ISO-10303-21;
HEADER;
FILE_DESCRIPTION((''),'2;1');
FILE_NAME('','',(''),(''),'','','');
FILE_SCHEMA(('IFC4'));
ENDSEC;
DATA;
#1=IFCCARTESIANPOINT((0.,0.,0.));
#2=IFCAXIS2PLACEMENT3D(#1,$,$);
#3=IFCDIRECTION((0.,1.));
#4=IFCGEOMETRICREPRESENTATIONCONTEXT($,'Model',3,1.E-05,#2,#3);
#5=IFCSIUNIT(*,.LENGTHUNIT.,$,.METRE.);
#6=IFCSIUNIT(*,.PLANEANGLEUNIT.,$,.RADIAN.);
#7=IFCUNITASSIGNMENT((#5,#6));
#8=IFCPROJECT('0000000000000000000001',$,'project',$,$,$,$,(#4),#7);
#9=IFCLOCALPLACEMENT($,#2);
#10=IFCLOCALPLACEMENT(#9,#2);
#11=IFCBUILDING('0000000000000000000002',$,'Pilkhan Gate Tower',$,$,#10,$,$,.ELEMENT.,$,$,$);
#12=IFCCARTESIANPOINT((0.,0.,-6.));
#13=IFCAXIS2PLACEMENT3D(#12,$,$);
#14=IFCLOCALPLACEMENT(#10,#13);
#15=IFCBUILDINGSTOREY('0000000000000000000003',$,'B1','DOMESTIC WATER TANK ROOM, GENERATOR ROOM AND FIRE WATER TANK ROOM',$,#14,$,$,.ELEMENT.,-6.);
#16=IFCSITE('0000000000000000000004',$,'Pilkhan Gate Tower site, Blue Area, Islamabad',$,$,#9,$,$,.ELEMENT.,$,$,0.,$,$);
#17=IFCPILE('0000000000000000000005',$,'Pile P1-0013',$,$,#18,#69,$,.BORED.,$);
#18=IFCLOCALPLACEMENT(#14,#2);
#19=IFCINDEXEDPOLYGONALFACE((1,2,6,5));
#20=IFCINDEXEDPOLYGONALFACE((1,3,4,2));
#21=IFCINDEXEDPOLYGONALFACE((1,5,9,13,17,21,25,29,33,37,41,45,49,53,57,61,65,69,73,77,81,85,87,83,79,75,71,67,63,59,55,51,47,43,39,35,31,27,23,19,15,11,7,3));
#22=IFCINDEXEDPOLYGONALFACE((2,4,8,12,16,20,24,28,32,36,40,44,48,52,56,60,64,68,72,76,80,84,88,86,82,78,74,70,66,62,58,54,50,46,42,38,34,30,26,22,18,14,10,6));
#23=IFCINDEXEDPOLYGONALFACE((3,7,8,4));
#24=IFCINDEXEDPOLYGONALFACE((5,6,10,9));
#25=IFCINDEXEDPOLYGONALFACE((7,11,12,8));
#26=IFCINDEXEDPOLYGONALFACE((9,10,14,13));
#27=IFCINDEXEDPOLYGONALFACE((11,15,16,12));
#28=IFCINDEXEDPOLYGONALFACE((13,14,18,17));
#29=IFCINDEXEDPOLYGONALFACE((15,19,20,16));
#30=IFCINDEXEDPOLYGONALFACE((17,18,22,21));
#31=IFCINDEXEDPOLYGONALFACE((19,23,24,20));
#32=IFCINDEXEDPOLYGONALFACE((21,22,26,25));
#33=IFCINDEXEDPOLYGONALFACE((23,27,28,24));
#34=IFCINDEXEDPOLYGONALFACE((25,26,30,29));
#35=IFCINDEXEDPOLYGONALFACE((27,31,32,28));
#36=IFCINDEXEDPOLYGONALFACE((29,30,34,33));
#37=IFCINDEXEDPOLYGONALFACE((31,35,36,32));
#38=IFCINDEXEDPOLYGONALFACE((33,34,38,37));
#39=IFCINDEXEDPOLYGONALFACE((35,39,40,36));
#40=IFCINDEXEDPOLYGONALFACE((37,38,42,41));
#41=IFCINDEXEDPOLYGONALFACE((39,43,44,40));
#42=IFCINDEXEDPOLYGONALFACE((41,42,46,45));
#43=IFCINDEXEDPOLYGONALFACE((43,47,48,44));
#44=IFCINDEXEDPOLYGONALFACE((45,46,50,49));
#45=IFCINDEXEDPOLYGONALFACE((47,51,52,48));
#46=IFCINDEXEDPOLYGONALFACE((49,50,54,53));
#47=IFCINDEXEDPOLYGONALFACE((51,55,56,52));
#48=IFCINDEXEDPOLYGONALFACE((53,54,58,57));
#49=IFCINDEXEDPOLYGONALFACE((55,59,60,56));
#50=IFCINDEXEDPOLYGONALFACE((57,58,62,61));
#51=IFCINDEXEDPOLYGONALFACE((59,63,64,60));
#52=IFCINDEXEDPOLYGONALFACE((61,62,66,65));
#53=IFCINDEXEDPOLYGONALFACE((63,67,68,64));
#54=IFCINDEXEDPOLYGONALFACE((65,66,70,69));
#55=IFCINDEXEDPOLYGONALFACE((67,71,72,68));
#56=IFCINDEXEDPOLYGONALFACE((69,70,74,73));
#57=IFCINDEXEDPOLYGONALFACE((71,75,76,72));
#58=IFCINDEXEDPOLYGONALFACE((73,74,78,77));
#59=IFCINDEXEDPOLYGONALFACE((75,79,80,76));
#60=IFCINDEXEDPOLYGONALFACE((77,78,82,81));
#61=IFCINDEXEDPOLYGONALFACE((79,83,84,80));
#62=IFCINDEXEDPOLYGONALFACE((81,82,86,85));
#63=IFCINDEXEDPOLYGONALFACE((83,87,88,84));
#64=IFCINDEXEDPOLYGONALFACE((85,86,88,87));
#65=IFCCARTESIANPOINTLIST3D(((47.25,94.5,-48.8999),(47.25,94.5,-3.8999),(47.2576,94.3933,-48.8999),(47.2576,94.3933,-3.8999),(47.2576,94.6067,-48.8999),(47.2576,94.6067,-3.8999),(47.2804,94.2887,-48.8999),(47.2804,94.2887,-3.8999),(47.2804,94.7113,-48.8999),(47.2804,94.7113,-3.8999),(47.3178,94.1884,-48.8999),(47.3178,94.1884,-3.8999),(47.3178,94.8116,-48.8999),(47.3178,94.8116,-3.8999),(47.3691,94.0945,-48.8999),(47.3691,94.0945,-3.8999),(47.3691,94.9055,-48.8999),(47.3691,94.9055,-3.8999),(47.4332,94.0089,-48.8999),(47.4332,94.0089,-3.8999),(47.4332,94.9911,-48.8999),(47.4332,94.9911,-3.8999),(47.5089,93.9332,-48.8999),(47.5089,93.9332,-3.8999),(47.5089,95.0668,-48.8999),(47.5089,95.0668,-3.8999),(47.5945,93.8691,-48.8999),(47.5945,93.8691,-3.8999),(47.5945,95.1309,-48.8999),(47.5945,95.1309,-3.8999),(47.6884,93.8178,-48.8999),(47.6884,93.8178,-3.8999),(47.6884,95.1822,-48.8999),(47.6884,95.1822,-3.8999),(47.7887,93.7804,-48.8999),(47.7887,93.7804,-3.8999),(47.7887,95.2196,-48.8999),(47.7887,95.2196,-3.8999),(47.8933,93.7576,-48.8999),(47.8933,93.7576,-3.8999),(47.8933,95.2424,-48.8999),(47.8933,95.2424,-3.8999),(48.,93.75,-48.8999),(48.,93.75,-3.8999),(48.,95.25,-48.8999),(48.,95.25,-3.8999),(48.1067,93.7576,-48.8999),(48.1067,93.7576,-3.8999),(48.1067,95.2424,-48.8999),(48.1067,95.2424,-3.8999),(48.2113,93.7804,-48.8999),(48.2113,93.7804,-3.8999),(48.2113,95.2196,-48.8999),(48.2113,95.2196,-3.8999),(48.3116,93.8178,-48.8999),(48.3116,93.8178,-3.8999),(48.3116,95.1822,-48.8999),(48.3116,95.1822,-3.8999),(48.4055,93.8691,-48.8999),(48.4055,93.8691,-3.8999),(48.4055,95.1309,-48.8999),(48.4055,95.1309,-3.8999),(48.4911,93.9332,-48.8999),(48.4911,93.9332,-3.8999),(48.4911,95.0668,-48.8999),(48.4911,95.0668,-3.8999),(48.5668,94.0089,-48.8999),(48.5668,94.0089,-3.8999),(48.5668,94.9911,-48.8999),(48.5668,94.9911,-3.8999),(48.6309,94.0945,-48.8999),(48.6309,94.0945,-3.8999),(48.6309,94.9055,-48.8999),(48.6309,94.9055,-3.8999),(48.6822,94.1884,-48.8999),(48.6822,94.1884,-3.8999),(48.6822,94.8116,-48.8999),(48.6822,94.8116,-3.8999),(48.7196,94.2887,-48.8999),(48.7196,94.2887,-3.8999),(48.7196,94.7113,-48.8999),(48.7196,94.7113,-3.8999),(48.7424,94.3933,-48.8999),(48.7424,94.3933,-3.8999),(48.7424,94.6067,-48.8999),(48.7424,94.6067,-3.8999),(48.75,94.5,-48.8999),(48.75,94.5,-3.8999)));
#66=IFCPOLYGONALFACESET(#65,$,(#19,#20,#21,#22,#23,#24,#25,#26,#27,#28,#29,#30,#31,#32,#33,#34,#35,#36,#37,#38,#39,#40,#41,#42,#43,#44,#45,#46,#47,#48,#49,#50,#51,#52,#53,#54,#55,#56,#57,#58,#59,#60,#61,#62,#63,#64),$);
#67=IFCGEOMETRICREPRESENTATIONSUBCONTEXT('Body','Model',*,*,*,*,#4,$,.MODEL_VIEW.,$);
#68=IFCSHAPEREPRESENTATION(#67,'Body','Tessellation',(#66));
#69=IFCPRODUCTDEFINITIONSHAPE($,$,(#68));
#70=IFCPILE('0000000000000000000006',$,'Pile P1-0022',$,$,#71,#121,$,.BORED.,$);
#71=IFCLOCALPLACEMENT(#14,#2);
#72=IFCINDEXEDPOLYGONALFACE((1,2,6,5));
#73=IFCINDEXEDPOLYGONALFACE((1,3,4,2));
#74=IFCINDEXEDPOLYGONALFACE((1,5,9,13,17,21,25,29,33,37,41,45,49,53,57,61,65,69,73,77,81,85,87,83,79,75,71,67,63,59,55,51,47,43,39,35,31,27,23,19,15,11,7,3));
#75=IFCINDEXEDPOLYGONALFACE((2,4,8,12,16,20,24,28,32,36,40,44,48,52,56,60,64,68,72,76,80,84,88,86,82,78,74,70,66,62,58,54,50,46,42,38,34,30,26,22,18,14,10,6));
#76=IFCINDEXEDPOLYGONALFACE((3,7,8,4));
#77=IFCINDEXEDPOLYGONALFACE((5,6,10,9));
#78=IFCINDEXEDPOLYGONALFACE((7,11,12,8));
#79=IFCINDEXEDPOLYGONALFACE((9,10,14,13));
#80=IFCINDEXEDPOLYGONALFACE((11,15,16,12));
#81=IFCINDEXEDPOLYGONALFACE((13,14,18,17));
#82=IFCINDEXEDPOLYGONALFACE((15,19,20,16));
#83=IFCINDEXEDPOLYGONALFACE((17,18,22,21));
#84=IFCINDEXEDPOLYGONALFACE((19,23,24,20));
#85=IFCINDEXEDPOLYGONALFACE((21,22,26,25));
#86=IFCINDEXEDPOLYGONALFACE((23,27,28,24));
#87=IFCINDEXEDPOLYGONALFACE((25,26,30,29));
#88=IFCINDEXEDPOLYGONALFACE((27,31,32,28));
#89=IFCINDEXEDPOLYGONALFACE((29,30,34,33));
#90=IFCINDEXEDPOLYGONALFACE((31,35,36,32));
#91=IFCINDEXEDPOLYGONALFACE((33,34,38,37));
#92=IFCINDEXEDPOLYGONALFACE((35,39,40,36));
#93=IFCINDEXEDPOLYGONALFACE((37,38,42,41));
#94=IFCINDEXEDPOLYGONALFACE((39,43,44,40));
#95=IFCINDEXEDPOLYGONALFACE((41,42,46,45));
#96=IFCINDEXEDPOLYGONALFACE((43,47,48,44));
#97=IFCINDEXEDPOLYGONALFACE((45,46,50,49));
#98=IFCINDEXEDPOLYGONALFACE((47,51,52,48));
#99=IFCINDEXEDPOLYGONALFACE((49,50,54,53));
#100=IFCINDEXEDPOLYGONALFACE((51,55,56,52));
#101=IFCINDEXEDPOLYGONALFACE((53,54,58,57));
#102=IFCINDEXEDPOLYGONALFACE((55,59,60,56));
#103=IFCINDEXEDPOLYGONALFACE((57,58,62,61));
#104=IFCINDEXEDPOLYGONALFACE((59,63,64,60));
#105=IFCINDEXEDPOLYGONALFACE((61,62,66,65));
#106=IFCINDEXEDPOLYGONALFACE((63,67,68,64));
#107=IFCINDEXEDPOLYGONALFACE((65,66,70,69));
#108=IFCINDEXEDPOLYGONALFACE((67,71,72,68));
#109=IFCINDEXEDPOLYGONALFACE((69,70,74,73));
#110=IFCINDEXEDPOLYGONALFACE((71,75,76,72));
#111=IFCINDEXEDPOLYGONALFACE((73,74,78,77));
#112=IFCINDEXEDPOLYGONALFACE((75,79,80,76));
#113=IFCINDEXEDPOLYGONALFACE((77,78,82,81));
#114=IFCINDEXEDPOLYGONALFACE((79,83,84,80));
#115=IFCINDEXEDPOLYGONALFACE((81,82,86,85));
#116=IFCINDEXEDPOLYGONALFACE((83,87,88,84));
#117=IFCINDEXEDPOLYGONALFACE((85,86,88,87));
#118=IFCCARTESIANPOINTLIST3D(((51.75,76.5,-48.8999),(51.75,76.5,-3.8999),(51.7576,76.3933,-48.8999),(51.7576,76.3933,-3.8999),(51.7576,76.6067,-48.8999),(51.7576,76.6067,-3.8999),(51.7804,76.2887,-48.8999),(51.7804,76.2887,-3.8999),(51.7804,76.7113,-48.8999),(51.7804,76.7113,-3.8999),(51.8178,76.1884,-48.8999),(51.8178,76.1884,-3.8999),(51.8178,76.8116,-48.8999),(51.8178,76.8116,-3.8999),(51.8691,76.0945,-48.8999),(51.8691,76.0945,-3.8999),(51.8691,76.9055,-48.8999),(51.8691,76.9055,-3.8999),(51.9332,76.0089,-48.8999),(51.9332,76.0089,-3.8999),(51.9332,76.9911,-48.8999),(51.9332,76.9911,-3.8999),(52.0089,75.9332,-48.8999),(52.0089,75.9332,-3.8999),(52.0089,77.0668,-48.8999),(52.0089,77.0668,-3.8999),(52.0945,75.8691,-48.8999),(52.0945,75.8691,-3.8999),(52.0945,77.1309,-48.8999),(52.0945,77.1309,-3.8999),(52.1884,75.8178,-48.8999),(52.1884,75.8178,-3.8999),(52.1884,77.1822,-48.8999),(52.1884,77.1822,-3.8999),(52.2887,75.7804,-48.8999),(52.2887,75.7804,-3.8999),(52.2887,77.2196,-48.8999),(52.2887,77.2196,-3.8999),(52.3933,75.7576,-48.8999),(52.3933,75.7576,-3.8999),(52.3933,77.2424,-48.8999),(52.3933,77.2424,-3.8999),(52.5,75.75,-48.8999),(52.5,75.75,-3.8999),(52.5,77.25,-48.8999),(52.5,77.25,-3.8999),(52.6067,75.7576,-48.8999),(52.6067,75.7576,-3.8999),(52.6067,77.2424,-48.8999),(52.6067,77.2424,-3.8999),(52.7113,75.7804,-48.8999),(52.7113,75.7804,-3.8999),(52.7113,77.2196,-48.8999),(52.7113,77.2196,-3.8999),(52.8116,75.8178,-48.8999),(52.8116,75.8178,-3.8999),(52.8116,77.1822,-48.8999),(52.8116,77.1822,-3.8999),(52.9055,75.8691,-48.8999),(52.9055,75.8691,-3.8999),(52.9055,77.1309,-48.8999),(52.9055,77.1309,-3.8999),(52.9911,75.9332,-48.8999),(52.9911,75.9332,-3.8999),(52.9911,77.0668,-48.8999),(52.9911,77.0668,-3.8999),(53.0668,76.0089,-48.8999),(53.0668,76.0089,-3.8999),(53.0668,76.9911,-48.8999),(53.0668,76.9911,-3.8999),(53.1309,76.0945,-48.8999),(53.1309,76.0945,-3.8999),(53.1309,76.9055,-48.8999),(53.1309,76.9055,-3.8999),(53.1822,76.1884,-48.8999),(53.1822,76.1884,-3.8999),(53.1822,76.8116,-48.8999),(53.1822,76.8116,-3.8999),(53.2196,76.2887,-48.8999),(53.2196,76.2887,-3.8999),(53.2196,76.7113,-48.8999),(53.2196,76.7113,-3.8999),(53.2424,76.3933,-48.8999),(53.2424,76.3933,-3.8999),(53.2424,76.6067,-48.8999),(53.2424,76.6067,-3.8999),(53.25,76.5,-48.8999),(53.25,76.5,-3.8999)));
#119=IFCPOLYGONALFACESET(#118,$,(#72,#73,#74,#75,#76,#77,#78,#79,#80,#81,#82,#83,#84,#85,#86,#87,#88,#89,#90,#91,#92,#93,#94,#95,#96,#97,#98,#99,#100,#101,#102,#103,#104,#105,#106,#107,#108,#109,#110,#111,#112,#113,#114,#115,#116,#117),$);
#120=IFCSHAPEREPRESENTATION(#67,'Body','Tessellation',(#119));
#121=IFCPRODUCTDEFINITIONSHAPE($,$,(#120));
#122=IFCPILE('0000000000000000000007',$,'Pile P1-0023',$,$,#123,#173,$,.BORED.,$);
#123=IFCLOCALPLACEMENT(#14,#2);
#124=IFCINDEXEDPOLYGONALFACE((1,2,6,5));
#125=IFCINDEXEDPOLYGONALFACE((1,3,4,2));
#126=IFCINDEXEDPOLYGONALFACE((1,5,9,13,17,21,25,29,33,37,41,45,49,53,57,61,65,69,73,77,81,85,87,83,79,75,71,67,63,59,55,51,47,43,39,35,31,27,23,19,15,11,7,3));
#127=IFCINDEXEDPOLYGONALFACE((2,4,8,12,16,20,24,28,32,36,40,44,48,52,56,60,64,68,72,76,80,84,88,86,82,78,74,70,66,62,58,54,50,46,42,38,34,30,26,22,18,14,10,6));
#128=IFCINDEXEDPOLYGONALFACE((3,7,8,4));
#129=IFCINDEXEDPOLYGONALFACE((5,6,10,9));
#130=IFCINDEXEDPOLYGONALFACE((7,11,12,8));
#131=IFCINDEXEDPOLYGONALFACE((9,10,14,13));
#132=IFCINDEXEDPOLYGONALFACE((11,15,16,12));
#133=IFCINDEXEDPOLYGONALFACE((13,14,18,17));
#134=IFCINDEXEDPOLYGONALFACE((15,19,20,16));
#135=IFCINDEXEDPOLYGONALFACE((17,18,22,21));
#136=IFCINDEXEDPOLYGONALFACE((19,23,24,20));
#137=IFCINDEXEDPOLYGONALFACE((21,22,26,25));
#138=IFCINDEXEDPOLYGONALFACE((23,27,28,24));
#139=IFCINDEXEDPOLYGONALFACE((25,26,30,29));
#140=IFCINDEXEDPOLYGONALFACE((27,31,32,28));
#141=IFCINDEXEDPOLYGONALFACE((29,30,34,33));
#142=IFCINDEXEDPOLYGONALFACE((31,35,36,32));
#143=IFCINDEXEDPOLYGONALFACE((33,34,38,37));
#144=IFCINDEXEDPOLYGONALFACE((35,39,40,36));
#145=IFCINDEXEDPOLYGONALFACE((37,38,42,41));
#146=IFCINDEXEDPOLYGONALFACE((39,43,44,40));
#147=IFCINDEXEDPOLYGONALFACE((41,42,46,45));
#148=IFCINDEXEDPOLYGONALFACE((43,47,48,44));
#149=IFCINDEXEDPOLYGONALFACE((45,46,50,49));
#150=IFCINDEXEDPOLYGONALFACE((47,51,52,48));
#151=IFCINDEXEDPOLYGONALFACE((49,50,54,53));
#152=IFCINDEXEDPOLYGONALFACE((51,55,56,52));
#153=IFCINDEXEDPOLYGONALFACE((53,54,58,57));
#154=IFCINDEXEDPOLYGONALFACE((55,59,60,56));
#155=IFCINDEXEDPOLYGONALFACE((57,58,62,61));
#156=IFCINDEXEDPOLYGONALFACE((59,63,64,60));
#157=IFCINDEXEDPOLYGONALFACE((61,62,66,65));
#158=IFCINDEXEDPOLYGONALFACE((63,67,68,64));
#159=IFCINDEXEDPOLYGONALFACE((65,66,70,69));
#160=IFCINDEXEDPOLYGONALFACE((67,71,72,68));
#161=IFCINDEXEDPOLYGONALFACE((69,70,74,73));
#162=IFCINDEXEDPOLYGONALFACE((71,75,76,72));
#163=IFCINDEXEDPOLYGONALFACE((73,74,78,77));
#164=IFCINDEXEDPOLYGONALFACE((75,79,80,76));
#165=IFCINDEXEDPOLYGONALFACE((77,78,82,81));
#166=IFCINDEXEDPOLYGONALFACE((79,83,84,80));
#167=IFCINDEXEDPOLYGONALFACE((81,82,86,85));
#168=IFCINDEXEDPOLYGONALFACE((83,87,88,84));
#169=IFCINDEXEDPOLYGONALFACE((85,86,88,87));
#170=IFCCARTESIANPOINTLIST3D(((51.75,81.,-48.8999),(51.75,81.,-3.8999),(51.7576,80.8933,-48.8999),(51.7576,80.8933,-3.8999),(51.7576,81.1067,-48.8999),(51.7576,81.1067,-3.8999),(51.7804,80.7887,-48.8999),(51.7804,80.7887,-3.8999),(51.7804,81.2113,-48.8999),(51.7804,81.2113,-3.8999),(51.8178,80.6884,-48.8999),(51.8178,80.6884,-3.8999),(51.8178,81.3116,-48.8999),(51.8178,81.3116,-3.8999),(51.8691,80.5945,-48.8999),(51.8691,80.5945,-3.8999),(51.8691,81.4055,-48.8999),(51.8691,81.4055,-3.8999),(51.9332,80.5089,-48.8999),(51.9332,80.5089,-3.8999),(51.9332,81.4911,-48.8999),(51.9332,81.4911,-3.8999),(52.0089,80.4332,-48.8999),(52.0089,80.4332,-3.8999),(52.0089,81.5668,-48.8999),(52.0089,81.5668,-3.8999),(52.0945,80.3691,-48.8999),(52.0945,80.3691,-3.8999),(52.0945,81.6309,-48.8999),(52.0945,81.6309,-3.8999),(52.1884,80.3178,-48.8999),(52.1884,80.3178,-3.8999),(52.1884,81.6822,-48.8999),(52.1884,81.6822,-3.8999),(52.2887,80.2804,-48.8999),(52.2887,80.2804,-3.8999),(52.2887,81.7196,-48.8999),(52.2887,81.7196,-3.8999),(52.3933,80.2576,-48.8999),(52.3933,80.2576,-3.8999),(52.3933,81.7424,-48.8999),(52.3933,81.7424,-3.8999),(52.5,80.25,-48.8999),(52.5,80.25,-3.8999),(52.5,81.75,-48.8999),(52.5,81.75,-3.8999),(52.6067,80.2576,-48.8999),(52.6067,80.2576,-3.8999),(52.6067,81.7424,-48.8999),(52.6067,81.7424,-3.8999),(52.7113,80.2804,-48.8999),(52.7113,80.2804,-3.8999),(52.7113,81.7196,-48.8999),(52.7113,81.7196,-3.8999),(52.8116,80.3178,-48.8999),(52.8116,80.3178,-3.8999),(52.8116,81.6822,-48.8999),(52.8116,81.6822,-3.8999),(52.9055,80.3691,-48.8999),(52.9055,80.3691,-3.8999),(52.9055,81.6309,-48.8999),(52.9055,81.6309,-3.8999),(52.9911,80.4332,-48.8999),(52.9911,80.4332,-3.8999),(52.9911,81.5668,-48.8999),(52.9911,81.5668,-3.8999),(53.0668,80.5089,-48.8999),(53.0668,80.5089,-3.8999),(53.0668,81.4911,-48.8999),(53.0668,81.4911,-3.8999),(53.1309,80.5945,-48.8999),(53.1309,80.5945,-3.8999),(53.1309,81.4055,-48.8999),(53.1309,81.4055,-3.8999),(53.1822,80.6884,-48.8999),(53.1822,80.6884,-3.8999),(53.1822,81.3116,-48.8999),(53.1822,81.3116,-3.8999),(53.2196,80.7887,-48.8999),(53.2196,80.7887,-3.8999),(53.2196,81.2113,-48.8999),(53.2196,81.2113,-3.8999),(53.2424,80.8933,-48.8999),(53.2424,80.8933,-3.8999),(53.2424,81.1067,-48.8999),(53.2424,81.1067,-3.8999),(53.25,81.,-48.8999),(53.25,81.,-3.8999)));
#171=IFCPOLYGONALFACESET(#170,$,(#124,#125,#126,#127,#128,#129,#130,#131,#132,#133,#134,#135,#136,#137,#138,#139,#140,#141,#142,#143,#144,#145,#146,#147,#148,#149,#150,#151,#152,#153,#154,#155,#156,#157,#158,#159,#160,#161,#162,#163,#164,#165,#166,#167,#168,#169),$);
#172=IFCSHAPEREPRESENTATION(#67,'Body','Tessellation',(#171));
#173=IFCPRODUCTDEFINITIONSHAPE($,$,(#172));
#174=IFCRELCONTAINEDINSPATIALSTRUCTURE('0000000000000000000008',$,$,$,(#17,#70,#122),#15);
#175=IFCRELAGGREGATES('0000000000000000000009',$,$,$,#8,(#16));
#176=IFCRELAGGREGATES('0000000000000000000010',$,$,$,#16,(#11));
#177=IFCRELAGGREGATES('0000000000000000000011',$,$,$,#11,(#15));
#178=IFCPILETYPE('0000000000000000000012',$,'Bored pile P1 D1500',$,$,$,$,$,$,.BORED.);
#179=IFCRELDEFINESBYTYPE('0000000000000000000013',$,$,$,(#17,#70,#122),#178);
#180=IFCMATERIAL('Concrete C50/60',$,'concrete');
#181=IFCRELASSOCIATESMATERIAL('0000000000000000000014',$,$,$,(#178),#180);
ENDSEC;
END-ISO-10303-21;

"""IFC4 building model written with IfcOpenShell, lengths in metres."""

from ifc_helpers import new_model, si_unit, direction, frame, origin, origin_2d, place, context, subcontext, project, spatial, circle, extrude, material, material_profile, profile_set, type_object, element, save


model = new_model("IFC4")

# Units and contexts
model_context = context("Model", 3, precision=1e-05, world=origin(), true_north=direction((0.0, 1.0)))
body_context = subcontext(model_context, "Body", "Model", "MODEL_VIEW")
ifc_project = project(units=[si_unit("LENGTHUNIT", "METRE"), si_unit("PLANEANGLEUNIT", "RADIAN")], contexts=[model_context])

# Site, building, storey
site_placement = place(None, origin())
site = spatial("IfcSite", under=ifc_project, at=site_placement, Name="Pilkhan Gate Tower site, Blue Area, Islamabad", CompositionType="ELEMENT", RefElevation=0.0)
building_placement = place(site_placement, origin())
building = spatial("IfcBuilding", under=site, at=building_placement, Name="Pilkhan Gate Tower", CompositionType="ELEMENT")
storey_placement = place(building_placement, frame((0.0, 0.0, -6.0)))
storey = spatial("IfcBuildingStorey", under=building, at=storey_placement, Name="B1", Description="DOMESTIC WATER TANK ROOM, GENERATOR ROOM AND FIRE WATER TANK ROOM", CompositionType="ELEMENT", Elevation=-6.0)

# Piles
ifc_material_1 = material(Name="Concrete C50/60", Category="concrete")
ifc_material_profile_1 = material_profile(ifc_material_1, circle(Radius=0.75, at=origin_2d()), Name="Bored pile 1500 dia")
ifc_profile_set_1 = profile_set([ifc_material_profile_1], Name="Concrete C50/60")
pile_type = type_object("IfcPileType", Name="Bored pile P1 D1500", PredefinedType="BORED", material=ifc_profile_set_1)
for number, where, z_axis, x_axis, name in (
    (1, (48.0, 94.5, -3.8999), (0.0, 0.0, -1.0), (1.0, 0.0, 0.0), "Pile P1-0013"),
    (2, (52.5, 76.5, -3.8999), (0.0, 0.0, -1.0), (1.0, 0.0, 0.0), "Pile P1-0022"),
    (3, (52.5, 81.0, -3.8999), (0.0, 0.0, -1.0), (1.0, 0.0, 0.0), "Pile P1-0023"),
):
    element("IfcPile", number, at=place(storey_placement, frame(where, z_axis=z_axis, x_axis=x_axis)), inside=storey, type_object=pile_type, Name=name, PredefinedType="BORED", context=body_context, shape_type="SweptSolid", body=[
        extrude(circle(Radius=0.75, at=origin_2d()), origin(), (0.0, 0.0, 1.0), 45.0),
    ])

save(model, "model.ifc")
